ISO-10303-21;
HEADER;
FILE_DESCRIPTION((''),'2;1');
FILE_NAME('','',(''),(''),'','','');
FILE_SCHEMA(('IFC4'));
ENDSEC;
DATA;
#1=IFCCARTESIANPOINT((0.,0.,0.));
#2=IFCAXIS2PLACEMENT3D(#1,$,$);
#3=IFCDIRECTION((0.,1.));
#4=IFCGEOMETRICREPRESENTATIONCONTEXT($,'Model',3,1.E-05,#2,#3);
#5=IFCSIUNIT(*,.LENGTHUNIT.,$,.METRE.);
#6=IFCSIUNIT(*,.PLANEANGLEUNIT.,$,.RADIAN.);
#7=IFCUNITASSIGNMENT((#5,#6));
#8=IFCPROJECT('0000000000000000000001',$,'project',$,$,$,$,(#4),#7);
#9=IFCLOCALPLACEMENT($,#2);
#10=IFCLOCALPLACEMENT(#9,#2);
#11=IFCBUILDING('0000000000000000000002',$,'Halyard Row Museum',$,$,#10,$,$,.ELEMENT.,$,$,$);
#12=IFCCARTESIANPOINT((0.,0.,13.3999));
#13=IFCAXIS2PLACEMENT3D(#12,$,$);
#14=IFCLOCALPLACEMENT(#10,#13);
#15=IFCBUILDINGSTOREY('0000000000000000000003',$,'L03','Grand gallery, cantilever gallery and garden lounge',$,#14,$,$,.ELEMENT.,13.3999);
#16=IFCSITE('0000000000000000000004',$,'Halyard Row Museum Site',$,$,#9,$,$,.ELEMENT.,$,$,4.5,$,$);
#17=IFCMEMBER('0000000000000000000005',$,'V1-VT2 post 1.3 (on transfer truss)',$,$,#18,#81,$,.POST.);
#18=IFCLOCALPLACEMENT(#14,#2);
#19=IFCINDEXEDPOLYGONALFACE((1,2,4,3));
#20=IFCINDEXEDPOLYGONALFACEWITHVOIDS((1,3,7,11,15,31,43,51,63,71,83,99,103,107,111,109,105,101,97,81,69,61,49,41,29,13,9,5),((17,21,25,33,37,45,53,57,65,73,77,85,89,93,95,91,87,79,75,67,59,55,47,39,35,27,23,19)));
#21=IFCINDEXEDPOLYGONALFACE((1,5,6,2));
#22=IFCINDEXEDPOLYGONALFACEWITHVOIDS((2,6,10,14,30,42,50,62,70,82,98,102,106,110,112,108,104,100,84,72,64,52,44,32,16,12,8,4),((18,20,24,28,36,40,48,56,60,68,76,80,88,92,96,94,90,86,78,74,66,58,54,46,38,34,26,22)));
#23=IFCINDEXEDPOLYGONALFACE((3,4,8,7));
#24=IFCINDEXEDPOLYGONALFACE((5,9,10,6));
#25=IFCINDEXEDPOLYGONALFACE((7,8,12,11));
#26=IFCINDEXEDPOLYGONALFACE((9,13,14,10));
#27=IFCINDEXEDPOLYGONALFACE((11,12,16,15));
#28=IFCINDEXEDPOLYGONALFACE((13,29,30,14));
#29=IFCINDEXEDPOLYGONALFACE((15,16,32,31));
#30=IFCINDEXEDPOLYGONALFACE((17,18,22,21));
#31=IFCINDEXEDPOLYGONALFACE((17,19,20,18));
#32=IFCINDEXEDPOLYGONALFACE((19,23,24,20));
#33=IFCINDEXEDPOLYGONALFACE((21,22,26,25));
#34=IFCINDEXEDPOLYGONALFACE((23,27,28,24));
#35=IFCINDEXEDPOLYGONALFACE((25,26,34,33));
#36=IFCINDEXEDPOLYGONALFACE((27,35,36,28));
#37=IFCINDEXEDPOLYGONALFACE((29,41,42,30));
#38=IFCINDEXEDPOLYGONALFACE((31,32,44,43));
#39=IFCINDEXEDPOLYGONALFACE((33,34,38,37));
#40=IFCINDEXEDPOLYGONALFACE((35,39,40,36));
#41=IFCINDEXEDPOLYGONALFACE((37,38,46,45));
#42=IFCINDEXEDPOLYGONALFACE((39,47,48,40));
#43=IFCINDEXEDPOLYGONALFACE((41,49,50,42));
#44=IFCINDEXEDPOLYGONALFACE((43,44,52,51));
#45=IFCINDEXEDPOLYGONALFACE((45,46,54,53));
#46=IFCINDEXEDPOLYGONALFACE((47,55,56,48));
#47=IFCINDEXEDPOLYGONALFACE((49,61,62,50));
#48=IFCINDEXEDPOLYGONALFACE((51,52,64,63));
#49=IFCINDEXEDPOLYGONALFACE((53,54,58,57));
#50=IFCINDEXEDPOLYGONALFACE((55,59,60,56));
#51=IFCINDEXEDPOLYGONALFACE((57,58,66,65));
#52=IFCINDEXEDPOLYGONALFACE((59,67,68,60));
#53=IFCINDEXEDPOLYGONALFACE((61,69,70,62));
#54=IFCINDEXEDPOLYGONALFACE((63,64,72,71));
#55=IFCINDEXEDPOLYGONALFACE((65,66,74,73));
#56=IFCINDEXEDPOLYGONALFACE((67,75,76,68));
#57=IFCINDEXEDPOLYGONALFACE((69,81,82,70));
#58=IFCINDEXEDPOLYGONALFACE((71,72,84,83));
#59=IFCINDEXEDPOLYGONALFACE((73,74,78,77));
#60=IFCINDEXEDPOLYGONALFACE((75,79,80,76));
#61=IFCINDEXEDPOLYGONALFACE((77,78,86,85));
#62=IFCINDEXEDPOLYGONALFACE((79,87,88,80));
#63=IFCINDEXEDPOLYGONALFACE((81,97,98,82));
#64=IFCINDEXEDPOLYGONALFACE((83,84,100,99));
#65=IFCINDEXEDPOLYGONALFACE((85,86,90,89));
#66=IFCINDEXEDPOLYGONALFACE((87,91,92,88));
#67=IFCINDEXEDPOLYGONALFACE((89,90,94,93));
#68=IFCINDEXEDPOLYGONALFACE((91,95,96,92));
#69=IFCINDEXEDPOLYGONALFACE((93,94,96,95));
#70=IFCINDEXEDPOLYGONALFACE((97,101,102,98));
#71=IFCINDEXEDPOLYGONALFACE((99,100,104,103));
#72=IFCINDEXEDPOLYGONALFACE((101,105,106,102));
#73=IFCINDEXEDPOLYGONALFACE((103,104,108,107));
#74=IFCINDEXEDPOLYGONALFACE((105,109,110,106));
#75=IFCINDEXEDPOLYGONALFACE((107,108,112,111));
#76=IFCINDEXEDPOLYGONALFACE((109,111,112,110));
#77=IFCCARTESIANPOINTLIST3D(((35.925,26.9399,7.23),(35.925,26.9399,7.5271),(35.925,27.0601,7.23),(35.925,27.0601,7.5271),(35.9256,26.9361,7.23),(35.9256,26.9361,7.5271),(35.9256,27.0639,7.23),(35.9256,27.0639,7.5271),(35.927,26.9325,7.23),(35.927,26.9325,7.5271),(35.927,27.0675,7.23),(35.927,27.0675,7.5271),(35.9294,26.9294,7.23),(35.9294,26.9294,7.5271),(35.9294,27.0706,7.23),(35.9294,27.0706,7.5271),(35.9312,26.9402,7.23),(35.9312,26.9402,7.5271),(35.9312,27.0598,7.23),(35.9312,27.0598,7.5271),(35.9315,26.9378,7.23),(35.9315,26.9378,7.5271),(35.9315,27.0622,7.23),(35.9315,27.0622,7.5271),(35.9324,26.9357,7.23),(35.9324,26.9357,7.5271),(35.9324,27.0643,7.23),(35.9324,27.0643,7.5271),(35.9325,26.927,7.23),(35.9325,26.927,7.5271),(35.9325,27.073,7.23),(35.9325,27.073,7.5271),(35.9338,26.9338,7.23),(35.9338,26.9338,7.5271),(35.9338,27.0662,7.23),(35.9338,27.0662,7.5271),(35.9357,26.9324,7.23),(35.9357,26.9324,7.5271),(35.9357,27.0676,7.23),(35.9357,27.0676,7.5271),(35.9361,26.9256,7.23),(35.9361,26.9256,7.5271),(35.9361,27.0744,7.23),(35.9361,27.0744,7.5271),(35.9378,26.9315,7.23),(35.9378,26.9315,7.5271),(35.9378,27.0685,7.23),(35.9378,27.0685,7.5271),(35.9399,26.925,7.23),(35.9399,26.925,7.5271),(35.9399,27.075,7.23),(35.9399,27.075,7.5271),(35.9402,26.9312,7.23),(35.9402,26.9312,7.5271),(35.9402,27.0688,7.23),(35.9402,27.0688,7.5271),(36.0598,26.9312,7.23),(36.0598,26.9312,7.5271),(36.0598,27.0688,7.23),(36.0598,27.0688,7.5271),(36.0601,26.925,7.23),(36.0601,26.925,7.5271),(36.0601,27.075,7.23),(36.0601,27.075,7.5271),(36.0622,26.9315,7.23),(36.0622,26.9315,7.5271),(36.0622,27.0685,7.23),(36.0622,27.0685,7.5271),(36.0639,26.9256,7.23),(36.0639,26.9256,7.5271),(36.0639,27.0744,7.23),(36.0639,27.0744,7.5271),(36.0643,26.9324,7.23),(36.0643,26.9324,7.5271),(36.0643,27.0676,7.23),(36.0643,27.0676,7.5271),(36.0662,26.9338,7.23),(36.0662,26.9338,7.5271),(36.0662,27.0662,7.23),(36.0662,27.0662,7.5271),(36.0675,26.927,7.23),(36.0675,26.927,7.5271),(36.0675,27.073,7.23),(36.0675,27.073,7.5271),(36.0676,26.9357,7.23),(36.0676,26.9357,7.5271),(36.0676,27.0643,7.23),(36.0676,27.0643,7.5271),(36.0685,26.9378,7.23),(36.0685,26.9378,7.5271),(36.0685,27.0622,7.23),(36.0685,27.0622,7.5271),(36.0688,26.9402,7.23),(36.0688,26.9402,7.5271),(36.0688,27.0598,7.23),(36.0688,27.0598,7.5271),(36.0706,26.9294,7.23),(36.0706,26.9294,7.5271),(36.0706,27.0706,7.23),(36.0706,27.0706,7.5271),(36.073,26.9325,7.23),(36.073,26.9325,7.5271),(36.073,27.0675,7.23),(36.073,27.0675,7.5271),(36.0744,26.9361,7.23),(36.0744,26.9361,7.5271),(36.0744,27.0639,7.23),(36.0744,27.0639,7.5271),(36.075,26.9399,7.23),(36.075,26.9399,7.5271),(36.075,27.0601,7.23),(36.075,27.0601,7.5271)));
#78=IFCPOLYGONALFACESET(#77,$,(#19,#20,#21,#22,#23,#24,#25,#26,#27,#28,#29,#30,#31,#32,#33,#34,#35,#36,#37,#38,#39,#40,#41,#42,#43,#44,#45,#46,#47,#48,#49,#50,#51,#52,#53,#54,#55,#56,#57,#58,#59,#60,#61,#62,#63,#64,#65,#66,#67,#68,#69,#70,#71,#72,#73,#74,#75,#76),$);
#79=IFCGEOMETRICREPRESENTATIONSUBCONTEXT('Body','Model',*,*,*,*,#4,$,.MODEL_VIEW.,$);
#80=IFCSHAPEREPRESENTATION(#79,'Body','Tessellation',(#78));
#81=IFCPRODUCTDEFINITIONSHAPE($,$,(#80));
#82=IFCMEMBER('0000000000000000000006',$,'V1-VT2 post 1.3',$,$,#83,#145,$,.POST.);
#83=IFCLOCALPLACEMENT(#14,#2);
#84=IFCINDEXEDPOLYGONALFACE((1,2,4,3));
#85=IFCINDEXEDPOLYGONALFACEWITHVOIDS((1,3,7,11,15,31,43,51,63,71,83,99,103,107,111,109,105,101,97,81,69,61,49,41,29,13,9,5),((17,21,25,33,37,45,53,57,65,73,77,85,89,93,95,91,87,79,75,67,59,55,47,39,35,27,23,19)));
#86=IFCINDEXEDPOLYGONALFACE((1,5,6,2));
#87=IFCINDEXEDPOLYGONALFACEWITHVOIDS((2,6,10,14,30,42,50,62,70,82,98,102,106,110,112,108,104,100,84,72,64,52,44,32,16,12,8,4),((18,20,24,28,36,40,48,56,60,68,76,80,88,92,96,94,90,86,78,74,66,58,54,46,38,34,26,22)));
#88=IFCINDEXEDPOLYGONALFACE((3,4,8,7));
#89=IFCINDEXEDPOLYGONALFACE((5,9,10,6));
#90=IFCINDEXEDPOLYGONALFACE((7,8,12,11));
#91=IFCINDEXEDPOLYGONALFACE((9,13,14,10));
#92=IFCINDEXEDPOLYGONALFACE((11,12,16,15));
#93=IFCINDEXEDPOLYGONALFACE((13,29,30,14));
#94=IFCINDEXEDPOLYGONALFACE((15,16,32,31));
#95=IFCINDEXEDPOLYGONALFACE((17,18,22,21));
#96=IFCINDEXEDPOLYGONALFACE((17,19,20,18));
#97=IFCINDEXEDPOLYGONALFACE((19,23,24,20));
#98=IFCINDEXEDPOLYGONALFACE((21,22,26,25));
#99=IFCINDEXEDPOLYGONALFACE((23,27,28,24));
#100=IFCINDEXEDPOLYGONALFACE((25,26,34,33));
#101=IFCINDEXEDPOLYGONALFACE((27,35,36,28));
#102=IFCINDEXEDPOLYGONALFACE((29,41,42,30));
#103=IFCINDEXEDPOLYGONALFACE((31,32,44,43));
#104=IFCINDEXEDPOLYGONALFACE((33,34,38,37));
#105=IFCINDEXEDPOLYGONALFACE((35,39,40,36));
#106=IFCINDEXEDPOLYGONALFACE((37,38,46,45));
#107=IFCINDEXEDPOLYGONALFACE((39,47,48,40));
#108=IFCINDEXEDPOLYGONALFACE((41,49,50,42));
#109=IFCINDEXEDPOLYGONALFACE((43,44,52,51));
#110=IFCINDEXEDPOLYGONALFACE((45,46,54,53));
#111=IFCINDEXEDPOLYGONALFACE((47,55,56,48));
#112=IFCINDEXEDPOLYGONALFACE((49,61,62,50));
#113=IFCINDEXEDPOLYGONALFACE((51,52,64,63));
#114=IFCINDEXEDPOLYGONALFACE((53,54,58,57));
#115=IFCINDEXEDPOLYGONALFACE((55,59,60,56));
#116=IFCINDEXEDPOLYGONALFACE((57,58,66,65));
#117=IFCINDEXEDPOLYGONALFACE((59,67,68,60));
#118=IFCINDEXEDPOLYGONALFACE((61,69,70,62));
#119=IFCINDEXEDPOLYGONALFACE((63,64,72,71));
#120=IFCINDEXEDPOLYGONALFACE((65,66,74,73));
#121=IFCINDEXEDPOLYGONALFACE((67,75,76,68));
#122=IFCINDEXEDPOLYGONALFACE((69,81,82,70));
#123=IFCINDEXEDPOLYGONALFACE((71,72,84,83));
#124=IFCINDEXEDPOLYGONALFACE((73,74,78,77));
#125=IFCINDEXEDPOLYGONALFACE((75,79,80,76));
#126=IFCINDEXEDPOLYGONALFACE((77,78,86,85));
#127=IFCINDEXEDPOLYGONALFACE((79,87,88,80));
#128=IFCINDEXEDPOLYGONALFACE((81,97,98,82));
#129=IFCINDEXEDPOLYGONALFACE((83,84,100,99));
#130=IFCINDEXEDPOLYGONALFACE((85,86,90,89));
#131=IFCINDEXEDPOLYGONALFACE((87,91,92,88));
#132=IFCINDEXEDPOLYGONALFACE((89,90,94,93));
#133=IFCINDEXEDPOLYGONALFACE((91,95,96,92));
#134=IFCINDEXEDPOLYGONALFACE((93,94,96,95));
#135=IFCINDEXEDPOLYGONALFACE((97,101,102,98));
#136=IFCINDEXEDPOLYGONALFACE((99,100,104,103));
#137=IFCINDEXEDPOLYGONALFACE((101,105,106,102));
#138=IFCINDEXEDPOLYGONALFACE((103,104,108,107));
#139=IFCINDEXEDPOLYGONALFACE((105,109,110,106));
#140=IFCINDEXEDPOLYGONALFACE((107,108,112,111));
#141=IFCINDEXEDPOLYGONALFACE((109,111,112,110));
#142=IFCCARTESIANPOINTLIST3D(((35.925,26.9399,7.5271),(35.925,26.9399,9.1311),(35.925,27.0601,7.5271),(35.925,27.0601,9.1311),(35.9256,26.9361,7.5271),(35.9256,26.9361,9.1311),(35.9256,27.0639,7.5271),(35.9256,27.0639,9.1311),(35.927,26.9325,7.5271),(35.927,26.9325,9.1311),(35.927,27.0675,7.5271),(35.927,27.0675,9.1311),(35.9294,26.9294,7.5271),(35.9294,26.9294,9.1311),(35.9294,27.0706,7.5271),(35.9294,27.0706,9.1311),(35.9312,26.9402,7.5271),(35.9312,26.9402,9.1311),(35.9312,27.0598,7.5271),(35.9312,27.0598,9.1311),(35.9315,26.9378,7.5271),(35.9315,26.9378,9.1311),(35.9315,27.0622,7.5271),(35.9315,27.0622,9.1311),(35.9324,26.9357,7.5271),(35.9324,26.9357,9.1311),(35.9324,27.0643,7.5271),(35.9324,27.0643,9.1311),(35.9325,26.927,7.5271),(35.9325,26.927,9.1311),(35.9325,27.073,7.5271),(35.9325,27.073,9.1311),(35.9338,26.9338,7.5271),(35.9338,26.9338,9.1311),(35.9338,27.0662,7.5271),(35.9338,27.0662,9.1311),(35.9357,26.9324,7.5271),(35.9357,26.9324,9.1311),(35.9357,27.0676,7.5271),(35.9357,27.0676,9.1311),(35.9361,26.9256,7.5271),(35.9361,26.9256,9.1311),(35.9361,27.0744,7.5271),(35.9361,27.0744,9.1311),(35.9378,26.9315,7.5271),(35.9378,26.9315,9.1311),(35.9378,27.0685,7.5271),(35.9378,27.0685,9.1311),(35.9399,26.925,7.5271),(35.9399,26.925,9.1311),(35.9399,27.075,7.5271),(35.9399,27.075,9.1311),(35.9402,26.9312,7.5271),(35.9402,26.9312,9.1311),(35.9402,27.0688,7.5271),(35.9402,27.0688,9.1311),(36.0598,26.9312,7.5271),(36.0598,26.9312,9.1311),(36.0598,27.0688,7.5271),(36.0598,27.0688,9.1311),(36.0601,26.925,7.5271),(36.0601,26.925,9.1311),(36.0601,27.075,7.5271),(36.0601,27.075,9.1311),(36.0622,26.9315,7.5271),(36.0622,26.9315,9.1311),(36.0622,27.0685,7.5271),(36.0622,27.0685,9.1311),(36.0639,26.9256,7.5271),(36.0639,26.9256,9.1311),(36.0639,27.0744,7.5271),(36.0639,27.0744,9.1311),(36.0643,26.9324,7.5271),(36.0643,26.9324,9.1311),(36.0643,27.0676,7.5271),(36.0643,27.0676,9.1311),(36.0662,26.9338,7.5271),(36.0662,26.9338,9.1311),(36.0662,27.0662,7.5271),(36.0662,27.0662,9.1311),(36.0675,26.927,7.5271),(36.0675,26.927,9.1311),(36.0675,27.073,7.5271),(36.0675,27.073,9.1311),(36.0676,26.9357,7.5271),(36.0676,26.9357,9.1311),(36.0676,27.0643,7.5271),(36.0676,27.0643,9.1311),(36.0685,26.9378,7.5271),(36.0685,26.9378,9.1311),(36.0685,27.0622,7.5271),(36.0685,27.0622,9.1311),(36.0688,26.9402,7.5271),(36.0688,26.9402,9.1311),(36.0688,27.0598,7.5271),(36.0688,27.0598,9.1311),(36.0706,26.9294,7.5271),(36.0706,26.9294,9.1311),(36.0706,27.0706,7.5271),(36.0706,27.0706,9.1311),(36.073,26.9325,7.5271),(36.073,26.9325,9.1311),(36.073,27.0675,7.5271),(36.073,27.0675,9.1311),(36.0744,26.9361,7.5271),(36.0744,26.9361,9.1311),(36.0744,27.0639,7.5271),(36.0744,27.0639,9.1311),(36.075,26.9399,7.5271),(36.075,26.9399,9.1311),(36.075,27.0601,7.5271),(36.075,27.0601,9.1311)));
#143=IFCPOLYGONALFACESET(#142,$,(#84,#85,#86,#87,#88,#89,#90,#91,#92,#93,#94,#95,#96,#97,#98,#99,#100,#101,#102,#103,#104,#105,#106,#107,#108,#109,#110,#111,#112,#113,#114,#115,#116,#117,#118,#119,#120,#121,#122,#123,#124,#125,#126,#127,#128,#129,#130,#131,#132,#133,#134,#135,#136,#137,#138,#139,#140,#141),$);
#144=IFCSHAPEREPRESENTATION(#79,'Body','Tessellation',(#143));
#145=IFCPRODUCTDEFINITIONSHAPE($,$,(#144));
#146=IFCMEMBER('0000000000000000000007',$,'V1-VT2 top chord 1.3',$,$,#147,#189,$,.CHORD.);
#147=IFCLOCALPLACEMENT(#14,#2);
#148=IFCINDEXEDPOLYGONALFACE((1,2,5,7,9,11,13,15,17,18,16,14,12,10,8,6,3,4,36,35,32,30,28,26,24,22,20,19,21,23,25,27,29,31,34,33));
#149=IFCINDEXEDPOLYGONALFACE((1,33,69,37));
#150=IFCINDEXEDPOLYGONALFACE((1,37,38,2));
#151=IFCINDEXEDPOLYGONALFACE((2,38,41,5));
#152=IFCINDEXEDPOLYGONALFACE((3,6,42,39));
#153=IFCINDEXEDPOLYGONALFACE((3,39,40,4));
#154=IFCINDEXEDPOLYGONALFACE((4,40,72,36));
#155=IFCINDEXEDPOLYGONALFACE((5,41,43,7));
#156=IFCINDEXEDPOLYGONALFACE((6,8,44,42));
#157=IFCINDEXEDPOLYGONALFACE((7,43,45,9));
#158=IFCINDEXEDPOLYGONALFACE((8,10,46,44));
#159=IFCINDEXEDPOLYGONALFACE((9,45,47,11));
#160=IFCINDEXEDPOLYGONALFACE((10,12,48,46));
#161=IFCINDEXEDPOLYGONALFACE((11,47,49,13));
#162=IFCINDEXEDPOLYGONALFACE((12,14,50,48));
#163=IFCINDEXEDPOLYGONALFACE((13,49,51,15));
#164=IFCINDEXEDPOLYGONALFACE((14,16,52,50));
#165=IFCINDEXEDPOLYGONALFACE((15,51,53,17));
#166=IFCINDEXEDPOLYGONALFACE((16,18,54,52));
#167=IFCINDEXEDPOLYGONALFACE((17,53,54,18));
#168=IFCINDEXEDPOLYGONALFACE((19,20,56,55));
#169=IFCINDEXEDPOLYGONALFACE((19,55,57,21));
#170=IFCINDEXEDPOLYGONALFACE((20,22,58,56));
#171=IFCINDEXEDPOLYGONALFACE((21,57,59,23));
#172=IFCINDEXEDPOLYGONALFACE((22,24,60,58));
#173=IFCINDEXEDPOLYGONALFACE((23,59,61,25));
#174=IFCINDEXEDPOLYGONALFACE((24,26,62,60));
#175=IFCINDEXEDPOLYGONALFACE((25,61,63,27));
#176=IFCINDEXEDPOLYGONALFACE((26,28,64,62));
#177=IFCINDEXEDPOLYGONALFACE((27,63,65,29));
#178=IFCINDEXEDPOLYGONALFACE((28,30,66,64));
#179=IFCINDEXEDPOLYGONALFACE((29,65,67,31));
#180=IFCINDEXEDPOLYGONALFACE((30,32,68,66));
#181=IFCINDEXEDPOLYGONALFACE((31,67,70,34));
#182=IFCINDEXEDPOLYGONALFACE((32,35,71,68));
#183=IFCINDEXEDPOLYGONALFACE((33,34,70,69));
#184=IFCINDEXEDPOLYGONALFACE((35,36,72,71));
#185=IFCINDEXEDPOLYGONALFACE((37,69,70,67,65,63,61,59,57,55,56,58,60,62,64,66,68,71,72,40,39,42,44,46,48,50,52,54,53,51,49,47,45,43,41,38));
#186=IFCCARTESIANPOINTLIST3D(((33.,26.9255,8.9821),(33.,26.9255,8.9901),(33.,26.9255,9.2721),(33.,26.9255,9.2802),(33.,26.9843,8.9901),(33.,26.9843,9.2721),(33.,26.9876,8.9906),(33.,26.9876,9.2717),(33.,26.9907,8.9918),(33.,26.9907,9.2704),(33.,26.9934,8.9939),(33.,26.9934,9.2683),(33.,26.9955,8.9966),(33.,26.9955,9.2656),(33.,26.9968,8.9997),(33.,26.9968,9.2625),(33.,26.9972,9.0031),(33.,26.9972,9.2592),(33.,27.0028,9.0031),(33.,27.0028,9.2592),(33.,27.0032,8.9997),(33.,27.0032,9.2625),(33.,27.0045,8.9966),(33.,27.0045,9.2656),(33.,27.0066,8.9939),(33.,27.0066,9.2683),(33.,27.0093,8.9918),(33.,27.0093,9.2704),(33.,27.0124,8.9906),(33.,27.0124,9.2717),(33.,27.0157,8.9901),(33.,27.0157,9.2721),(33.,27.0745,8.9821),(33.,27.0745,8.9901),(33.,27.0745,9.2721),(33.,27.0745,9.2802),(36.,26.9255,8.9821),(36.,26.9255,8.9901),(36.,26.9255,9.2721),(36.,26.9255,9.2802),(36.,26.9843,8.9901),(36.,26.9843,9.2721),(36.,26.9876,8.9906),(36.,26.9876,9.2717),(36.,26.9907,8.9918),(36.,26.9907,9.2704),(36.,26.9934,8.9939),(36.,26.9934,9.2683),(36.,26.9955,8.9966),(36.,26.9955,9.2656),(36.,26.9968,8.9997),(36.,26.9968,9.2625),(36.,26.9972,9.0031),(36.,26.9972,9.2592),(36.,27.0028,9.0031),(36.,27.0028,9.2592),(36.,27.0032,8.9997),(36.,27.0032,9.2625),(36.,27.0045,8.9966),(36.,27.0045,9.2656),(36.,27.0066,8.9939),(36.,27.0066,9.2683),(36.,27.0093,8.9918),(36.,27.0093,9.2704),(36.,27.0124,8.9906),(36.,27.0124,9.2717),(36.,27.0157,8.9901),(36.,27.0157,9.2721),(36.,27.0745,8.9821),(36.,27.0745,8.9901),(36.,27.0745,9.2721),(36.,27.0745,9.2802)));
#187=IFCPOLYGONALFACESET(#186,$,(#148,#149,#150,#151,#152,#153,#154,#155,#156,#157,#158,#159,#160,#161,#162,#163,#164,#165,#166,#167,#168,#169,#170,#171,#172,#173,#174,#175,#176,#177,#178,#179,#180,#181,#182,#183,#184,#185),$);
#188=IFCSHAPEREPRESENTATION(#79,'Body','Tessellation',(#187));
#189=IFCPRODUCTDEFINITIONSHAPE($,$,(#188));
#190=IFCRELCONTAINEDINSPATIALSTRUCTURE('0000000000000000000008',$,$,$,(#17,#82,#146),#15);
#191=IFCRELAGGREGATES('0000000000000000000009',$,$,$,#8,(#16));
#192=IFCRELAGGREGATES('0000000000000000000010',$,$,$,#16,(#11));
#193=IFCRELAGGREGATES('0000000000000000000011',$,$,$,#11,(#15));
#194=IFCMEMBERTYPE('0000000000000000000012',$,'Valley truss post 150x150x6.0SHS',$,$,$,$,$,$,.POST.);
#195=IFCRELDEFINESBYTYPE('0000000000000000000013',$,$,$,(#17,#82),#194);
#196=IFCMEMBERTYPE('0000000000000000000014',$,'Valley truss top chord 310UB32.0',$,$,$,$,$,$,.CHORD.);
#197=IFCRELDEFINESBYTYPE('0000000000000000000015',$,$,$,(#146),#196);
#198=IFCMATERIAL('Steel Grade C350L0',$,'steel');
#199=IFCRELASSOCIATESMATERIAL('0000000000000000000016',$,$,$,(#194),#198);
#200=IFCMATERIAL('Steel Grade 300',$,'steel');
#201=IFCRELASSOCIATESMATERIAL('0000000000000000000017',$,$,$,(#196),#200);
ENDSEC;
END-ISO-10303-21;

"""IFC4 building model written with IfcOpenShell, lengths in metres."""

from ifc_helpers import new_model, si_unit, direction, frame, origin, origin_2d, place, context, subcontext, project, spatial, hollow_rectangle, i_section, extrude, material, material_profile, profile_set, type_object, element, save


model = new_model("IFC4")

# Units and contexts
model_context = context("Model", 3, precision=1e-05, world=origin(), true_north=direction((0.0, 1.0)))
body_context = subcontext(model_context, "Body", "Model", "MODEL_VIEW")
ifc_project = project(units=[si_unit("LENGTHUNIT", "METRE"), si_unit("PLANEANGLEUNIT", "RADIAN")], contexts=[model_context])

# Site, building, storey
site_placement = place(None, origin())
site = spatial("IfcSite", under=ifc_project, at=site_placement, Name="Halyard Row Museum Site", CompositionType="ELEMENT", RefElevation=4.5)
building_placement = place(site_placement, origin())
building = spatial("IfcBuilding", under=site, at=building_placement, Name="Halyard Row Museum", CompositionType="ELEMENT")
storey_placement = place(building_placement, frame((0.0, 0.0, 13.3999)))
storey = spatial("IfcBuildingStorey", under=building, at=storey_placement, Name="L03", Description="Grand gallery, cantilever gallery and garden lounge", CompositionType="ELEMENT", Elevation=13.3999)

# Members
ifc_material_1 = material(Name="Steel Grade C350L0", Category="steel")
ifc_material_profile_1 = material_profile(ifc_material_1, hollow_rectangle(XDim=0.1499, YDim=0.1499, WallThickness=0.0061, InnerFilletRadius=0.009, OuterFilletRadius=0.0149, at=origin_2d()), Name="150x150x6.0SHS")
ifc_profile_set_1 = profile_set([ifc_material_profile_1], Name="Steel Grade C350L0")
member_type_1 = type_object("IfcMemberType", Name="Valley truss post 150x150x6.0SHS", PredefinedType="POST", material=ifc_profile_set_1)
member_1_placement = place(storey_placement, frame((36.0, 27.0, 7.23), z_axis=(0.0, 0.0, 1.0), x_axis=(1.0, 0.0, 0.0)))
element("IfcMember", 1, at=member_1_placement, inside=storey, type_object=member_type_1, Name="V1-VT2 post 1.3 (on transfer truss)", PredefinedType="POST", context=body_context, shape_type="SweptSolid", body=[
    extrude(hollow_rectangle(XDim=0.1499, YDim=0.1499, WallThickness=0.0061, InnerFilletRadius=0.009, OuterFilletRadius=0.0149, at=origin_2d()), origin(), (0.0, 0.0, 1.0), 0.2971),
])
member_2_placement = place(storey_placement, frame((36.0, 27.0, 7.5271), z_axis=(0.0, 0.0, 1.0), x_axis=(1.0, 0.0, 0.0)))
element("IfcMember", 2, at=member_2_placement, inside=storey, type_object=member_type_1, Name="V1-VT2 post 1.3", PredefinedType="POST", context=body_context, shape_type="SweptSolid", body=[
    extrude(hollow_rectangle(XDim=0.1499, YDim=0.1499, WallThickness=0.0061, InnerFilletRadius=0.009, OuterFilletRadius=0.0149, at=origin_2d()), origin(), (0.0, 0.0, 1.0), 1.604),
])
ifc_material_2 = material(Name="Steel Grade 300", Category="steel")
ifc_material_profile_2 = material_profile(ifc_material_2, i_section(OverallWidth=0.1489, OverallDepth=0.2981, WebThickness=0.0056, FlangeThickness=0.0081, FilletRadius=0.0129, at=origin_2d()), Name="310UB32.0")
ifc_profile_set_2 = profile_set([ifc_material_profile_2], Name="Steel Grade 300")
member_type_2 = type_object("IfcMemberType", Name="Valley truss top chord 310UB32.0", PredefinedType="CHORD", material=ifc_profile_set_2)
for number, where, z_axis, x_axis, name in (
    (3, (33.0, 27.0, 9.1311), (1.0, 0.0, 0.0), (0.0, 1.0, 0.0), "V1-VT2 top chord 1.3"),
):
    element("IfcMember", number, at=place(storey_placement, frame(where, z_axis=z_axis, x_axis=x_axis)), inside=storey, type_object=member_type_2, Name=name, PredefinedType="CHORD", context=body_context, shape_type="SweptSolid", body=[
        extrude(i_section(OverallWidth=0.1489, OverallDepth=0.2981, WebThickness=0.0056, FlangeThickness=0.0081, FilletRadius=0.0129, at=origin_2d()), origin(), (0.0, 0.0, 1.0), 3.0),
    ])

save(model, "model.ifc")
